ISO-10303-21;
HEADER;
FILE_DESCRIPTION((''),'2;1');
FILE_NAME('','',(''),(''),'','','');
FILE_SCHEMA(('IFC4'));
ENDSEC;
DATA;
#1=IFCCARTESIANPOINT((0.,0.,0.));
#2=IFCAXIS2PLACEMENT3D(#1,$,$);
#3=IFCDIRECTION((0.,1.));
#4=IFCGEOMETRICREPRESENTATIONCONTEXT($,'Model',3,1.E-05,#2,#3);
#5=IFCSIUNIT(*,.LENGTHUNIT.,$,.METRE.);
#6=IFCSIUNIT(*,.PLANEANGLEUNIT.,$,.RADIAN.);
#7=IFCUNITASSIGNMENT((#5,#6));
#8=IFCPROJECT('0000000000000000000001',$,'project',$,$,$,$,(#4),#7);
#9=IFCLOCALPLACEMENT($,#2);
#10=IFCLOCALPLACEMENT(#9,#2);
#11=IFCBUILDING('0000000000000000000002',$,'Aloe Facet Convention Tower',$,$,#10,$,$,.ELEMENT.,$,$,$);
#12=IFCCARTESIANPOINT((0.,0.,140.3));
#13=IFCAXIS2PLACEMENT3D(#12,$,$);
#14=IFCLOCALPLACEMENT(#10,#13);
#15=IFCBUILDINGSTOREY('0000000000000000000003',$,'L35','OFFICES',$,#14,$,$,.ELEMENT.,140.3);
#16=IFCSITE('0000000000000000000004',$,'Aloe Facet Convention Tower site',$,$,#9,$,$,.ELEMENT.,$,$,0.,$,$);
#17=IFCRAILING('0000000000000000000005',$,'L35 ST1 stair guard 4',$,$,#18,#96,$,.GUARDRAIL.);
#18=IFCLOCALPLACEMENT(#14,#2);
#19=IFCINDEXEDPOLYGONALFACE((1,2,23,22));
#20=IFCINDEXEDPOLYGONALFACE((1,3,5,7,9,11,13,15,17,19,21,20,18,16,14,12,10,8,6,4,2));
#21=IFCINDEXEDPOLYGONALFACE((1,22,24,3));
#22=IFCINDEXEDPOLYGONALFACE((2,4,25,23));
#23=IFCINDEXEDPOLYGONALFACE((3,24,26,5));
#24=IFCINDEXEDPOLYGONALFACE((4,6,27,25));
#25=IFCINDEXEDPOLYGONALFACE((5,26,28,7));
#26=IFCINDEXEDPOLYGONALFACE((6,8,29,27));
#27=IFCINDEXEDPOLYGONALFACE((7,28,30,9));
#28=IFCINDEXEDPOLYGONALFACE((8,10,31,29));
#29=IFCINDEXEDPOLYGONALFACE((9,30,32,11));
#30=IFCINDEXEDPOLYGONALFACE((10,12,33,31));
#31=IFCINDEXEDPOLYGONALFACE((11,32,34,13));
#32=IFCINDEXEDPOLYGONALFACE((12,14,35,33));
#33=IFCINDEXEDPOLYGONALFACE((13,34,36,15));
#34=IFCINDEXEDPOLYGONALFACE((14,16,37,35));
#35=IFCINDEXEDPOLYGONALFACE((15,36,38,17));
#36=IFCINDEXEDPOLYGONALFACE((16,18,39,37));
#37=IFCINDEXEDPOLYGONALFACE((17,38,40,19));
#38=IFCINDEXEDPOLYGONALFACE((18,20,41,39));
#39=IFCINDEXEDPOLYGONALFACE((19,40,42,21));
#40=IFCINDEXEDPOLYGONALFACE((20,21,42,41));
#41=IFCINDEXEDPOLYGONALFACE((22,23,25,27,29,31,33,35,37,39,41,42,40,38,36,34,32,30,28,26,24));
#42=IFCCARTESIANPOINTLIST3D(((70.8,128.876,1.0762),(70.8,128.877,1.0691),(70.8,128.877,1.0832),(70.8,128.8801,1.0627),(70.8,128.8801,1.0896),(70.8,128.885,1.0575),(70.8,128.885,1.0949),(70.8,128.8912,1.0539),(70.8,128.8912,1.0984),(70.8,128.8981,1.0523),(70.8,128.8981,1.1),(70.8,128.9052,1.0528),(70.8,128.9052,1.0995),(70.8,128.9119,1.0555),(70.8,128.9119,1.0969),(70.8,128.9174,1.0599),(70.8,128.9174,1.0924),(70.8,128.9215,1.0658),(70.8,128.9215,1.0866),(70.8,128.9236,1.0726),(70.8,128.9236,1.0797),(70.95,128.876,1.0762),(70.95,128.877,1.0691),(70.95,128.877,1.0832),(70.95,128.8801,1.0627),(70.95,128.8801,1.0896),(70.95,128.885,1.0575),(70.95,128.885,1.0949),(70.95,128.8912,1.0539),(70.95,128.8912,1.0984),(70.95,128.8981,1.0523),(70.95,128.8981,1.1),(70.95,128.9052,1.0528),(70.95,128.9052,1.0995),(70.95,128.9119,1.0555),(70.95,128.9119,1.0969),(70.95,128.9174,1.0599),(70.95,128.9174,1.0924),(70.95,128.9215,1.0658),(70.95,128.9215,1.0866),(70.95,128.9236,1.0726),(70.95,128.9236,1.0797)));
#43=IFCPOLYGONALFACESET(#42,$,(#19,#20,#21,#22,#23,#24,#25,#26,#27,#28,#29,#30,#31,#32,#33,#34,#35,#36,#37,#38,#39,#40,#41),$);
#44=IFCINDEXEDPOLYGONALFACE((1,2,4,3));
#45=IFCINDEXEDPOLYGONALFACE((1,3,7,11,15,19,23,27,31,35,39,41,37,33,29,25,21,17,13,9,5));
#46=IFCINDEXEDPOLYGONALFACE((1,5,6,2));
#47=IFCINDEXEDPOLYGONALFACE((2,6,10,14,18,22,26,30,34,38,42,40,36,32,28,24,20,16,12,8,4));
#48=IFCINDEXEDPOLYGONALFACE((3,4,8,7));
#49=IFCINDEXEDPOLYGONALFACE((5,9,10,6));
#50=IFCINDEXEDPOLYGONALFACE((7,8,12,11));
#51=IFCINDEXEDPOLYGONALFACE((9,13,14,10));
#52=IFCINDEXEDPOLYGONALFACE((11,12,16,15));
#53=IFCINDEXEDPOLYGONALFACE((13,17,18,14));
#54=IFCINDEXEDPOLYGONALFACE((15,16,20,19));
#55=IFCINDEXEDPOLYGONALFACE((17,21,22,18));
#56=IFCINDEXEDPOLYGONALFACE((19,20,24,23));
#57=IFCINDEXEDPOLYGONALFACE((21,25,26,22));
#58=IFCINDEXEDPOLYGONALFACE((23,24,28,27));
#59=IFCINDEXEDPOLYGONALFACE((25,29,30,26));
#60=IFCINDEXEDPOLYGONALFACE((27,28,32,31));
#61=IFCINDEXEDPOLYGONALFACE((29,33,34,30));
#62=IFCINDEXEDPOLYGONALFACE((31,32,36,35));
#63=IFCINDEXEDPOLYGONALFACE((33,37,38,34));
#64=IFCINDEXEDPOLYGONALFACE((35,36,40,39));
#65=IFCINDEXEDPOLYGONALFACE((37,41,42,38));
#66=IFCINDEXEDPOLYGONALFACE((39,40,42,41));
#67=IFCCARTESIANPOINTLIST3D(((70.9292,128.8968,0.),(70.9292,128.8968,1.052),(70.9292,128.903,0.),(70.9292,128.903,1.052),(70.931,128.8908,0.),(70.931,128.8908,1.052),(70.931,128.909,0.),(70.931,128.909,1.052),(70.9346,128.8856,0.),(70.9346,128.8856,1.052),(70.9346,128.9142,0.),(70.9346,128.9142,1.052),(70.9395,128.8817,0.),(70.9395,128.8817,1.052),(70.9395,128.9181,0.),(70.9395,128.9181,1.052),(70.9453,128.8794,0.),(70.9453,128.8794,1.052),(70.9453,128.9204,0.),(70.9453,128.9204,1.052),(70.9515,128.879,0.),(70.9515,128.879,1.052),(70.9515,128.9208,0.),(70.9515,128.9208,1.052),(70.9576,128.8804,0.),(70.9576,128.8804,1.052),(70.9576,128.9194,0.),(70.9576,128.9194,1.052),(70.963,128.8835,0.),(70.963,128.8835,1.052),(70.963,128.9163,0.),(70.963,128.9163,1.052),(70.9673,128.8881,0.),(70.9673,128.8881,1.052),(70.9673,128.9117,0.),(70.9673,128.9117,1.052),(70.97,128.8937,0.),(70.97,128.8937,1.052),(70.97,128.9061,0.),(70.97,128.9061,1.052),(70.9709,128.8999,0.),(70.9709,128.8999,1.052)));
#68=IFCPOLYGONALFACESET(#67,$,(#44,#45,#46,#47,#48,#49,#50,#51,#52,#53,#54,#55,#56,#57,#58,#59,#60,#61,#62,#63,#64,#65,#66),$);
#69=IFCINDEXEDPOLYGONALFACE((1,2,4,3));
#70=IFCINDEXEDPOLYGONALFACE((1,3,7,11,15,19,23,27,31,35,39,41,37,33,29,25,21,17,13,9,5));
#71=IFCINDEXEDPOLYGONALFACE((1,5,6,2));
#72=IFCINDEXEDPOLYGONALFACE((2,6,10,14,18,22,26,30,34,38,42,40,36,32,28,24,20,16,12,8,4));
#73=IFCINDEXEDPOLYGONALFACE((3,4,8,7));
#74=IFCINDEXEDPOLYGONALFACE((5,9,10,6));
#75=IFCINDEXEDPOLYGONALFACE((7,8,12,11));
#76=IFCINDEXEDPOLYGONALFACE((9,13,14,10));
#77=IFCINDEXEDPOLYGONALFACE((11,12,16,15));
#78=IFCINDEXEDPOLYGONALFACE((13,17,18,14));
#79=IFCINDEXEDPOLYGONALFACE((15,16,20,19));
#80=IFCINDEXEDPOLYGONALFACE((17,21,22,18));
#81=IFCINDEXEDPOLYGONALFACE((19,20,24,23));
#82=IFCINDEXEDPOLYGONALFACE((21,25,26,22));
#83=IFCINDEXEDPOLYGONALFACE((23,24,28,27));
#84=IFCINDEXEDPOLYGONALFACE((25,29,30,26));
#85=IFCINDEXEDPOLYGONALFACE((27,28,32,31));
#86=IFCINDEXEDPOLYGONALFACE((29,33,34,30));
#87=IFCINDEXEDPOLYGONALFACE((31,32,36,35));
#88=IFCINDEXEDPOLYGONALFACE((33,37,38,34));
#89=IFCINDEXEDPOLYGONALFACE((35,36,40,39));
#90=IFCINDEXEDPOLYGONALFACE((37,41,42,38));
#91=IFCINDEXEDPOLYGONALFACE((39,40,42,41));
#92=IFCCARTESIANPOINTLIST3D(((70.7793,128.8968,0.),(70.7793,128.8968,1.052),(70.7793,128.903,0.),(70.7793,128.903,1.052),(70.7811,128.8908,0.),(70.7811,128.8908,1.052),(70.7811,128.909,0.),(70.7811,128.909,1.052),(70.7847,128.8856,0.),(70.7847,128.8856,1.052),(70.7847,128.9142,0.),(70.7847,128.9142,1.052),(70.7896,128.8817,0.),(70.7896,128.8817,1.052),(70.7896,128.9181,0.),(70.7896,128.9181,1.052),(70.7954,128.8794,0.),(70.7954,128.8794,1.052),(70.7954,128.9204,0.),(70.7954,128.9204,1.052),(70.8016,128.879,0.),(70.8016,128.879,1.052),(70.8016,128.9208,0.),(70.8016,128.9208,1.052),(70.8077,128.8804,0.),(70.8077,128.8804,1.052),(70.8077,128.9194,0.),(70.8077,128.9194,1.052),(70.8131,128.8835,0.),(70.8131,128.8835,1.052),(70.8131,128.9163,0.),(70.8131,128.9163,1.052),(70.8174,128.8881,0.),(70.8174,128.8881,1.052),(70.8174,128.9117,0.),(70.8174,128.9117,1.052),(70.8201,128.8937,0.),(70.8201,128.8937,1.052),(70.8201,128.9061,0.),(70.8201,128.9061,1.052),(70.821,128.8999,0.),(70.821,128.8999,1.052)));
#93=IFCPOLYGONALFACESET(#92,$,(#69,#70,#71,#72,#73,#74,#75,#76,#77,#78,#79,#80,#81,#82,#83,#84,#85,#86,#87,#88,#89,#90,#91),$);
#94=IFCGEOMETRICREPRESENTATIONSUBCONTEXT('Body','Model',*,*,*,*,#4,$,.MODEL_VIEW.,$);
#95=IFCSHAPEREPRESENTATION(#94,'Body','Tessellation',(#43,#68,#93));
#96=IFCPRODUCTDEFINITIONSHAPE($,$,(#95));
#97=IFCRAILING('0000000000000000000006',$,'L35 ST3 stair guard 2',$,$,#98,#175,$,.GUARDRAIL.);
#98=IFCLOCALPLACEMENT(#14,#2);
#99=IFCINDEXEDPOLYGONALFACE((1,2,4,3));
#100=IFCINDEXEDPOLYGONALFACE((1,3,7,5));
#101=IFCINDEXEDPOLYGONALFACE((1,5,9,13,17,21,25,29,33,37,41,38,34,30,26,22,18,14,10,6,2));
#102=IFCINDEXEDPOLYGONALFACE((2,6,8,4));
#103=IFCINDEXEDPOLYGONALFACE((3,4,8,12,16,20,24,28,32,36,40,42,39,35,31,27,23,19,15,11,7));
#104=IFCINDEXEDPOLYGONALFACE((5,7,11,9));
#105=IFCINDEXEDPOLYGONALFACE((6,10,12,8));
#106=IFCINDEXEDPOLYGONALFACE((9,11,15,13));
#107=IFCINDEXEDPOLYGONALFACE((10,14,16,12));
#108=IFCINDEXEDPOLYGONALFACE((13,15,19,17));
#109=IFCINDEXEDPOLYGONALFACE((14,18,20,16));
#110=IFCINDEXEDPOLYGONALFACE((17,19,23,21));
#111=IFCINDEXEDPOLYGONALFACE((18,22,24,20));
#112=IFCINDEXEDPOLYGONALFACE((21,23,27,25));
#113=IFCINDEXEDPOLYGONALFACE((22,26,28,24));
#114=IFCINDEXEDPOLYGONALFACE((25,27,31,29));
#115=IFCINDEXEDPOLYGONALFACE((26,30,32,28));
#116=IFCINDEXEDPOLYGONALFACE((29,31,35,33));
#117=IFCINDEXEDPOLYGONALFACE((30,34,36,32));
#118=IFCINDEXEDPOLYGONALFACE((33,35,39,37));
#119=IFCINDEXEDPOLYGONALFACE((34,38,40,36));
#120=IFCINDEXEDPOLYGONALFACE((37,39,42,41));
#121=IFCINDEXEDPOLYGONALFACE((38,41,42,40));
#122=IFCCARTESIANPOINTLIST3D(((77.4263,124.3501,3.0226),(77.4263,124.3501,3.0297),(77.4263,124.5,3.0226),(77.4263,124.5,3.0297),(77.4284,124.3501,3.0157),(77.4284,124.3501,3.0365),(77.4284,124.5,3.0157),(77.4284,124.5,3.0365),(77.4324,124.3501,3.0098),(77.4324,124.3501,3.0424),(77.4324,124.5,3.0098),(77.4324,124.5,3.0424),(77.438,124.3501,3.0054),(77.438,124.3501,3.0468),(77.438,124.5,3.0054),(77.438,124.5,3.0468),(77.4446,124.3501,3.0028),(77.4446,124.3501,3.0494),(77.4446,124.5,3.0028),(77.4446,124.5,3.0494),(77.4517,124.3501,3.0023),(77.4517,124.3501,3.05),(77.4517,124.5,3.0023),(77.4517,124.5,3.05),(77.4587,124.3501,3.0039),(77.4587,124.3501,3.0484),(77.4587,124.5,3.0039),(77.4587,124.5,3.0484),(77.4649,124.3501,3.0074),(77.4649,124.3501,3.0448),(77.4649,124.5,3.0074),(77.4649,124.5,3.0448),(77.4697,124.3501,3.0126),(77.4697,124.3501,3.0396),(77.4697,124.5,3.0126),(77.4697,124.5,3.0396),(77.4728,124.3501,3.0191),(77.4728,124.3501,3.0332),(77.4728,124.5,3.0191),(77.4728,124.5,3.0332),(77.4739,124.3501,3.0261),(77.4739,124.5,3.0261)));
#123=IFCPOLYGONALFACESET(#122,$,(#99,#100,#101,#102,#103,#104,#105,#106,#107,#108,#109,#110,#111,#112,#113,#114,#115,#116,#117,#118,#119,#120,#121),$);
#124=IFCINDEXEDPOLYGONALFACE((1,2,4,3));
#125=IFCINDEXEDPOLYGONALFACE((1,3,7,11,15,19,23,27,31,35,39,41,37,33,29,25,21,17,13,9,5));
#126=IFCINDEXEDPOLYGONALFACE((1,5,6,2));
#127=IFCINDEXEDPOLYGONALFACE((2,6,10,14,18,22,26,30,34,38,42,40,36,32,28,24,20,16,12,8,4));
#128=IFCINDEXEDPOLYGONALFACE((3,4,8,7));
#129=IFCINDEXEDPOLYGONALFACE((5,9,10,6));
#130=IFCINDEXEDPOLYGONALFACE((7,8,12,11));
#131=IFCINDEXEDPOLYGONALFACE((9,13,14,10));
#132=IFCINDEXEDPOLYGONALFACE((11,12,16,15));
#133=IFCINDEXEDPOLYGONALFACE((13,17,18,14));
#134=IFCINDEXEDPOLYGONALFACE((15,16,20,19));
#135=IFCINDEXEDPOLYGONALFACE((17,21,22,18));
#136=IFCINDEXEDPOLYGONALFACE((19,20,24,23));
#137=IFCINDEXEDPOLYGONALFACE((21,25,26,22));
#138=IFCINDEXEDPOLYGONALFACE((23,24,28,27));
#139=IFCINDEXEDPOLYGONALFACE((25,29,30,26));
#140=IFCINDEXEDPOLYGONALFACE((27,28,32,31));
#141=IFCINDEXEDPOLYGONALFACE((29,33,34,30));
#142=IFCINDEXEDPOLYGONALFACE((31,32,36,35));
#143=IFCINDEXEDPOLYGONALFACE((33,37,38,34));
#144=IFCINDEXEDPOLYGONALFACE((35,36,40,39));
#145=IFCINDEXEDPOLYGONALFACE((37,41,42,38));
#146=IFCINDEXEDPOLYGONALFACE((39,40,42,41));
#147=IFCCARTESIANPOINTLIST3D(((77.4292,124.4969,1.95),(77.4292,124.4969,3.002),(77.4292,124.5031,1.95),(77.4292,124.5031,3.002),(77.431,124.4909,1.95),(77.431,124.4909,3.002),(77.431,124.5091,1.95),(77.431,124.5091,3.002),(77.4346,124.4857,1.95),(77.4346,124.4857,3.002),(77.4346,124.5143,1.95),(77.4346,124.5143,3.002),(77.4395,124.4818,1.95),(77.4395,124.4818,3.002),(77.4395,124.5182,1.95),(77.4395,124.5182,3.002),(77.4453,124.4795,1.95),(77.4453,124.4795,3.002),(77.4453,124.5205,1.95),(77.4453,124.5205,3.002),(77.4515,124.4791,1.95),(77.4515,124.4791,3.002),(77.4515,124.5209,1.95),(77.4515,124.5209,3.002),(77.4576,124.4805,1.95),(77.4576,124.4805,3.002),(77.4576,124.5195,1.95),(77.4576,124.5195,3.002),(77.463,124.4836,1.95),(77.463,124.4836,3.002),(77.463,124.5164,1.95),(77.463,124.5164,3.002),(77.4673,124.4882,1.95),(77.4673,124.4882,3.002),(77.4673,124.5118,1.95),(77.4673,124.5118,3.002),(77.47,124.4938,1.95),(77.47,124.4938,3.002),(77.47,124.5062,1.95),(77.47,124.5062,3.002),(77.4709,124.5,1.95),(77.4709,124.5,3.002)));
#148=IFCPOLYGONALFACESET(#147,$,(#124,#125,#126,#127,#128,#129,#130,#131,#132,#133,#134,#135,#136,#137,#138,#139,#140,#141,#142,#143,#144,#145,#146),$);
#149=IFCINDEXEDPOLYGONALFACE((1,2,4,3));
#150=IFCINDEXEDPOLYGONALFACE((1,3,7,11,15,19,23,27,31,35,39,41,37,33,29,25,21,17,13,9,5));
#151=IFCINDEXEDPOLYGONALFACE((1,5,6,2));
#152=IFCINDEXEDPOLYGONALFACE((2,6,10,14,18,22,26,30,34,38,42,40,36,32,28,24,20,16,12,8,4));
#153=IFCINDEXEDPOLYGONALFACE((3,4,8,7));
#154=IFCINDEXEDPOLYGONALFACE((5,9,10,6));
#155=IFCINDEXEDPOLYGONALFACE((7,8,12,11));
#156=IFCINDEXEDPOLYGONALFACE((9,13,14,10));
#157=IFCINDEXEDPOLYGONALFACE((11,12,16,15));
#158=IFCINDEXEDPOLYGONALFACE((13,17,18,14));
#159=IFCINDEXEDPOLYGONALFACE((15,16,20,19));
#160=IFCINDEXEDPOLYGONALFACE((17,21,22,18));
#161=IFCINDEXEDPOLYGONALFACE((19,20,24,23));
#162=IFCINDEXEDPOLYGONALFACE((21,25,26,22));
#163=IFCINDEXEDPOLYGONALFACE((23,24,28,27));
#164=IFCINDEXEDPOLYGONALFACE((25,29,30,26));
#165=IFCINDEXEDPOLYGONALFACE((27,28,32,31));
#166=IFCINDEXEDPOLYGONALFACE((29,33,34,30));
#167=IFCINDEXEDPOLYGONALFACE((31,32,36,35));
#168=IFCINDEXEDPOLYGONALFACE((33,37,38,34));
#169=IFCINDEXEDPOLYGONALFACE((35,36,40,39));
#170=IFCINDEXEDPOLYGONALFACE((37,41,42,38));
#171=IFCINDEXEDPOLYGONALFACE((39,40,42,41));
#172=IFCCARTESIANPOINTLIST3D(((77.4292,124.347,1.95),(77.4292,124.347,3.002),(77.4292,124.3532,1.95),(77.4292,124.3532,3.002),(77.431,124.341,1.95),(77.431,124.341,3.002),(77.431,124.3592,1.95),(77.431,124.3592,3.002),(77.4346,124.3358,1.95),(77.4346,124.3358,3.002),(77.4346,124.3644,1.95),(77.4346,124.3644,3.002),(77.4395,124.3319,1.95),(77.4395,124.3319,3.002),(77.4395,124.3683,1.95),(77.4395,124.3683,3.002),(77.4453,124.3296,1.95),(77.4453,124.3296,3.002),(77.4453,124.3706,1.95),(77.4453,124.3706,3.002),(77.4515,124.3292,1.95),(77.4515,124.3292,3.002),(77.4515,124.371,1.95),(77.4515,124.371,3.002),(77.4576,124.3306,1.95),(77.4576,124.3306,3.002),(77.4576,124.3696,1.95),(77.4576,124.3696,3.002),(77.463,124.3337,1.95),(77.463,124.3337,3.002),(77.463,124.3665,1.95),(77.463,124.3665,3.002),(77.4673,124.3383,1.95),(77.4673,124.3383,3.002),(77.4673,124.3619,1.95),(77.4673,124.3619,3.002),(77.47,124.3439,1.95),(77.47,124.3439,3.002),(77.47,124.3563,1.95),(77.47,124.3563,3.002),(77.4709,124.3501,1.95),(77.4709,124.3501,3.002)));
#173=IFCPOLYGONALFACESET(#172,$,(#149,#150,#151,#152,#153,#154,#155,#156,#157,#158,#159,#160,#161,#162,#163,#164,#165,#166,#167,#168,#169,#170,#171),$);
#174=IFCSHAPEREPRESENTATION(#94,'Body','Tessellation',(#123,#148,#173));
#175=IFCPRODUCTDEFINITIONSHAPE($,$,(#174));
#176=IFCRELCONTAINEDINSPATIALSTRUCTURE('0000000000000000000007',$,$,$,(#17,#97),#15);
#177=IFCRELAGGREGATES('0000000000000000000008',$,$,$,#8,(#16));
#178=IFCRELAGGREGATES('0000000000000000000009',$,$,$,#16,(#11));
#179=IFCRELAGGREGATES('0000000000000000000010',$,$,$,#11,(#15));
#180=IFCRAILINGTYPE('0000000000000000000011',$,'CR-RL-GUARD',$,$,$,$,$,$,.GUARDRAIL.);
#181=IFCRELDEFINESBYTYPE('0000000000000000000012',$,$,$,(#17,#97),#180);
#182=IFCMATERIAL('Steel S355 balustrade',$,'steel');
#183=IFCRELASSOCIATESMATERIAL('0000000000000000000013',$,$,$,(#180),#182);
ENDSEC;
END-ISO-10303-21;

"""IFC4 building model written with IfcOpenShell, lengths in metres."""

from ifc_helpers import new_model, si_unit, direction, frame, origin, origin_2d, place, context, subcontext, project, spatial, circle, extrude, material, type_object, element, save


model = new_model("IFC4")

# Units and contexts
model_context = context("Model", 3, precision=1e-05, world=origin(), true_north=direction((0.0, 1.0)))
body_context = subcontext(model_context, "Body", "Model", "MODEL_VIEW")
ifc_project = project(units=[si_unit("LENGTHUNIT", "METRE"), si_unit("PLANEANGLEUNIT", "RADIAN")], contexts=[model_context])

# Site, building, storey
site_placement = place(None, origin())
site = spatial("IfcSite", under=ifc_project, at=site_placement, Name="Aloe Facet Convention Tower site", CompositionType="ELEMENT", RefElevation=0.0)
building_placement = place(site_placement, origin())
building = spatial("IfcBuilding", under=site, at=building_placement, Name="Aloe Facet Convention Tower", CompositionType="ELEMENT")
storey_placement = place(building_placement, frame((0.0, 0.0, 140.3)))
storey = spatial("IfcBuildingStorey", under=building, at=storey_placement, Name="L35", Description="OFFICES", CompositionType="ELEMENT", Elevation=140.3)

# Railings
ifc_material_1 = material(Name="Steel S355 balustrade", Category="steel")
railing_type_1 = type_object("IfcRailingType", Name="CR-RL-GUARD", PredefinedType="GUARDRAIL", material=ifc_material_1)
railing_1_placement = place(storey_placement, frame((70.95, 128.8999, 0.0)))
element("IfcRailing", 1, at=railing_1_placement, inside=storey, type_object=railing_type_1, Name="L35 ST1 stair guard 4", PredefinedType="GUARDRAIL", context=body_context, shape_type="SweptSolid", body=[
    extrude(circle(Radius=0.0239, at=origin_2d()), frame((0.0, 0.0, 1.0762), z_axis=(-1.0, 0.0, 0.0), x_axis=(0.0, -1.0, 0.0)), (0.0, 0.0, 1.0), 0.1499),
    extrude(circle(Radius=0.021, at=origin_2d()), origin(), (0.0, 0.0, 1.0), 1.052),
    extrude(circle(Radius=0.021, at=origin_2d()), frame((-0.1499, 0.0, 0.0)), (0.0, 0.0, 1.0), 1.052),
])
railing_2_placement = place(storey_placement, frame((77.45, 124.5, 1.95)))
element("IfcRailing", 2, at=railing_2_placement, inside=storey, type_object=railing_type_1, Name="L35 ST3 stair guard 2", PredefinedType="GUARDRAIL", context=body_context, shape_type="SweptSolid", body=[
    extrude(circle(Radius=0.0239, at=origin_2d()), frame((0.0, 0.0, 1.0762), z_axis=(0.0, -1.0, 0.0), x_axis=(1.0, 0.0, 0.0)), (0.0, 0.0, 1.0), 0.1499),
    extrude(circle(Radius=0.021, at=origin_2d()), origin(), (0.0, 0.0, 1.0), 1.052),
    extrude(circle(Radius=0.021, at=origin_2d()), frame((0.0, -0.1499, 0.0)), (0.0, 0.0, 1.0), 1.052),
])

save(model, "model.ifc")
